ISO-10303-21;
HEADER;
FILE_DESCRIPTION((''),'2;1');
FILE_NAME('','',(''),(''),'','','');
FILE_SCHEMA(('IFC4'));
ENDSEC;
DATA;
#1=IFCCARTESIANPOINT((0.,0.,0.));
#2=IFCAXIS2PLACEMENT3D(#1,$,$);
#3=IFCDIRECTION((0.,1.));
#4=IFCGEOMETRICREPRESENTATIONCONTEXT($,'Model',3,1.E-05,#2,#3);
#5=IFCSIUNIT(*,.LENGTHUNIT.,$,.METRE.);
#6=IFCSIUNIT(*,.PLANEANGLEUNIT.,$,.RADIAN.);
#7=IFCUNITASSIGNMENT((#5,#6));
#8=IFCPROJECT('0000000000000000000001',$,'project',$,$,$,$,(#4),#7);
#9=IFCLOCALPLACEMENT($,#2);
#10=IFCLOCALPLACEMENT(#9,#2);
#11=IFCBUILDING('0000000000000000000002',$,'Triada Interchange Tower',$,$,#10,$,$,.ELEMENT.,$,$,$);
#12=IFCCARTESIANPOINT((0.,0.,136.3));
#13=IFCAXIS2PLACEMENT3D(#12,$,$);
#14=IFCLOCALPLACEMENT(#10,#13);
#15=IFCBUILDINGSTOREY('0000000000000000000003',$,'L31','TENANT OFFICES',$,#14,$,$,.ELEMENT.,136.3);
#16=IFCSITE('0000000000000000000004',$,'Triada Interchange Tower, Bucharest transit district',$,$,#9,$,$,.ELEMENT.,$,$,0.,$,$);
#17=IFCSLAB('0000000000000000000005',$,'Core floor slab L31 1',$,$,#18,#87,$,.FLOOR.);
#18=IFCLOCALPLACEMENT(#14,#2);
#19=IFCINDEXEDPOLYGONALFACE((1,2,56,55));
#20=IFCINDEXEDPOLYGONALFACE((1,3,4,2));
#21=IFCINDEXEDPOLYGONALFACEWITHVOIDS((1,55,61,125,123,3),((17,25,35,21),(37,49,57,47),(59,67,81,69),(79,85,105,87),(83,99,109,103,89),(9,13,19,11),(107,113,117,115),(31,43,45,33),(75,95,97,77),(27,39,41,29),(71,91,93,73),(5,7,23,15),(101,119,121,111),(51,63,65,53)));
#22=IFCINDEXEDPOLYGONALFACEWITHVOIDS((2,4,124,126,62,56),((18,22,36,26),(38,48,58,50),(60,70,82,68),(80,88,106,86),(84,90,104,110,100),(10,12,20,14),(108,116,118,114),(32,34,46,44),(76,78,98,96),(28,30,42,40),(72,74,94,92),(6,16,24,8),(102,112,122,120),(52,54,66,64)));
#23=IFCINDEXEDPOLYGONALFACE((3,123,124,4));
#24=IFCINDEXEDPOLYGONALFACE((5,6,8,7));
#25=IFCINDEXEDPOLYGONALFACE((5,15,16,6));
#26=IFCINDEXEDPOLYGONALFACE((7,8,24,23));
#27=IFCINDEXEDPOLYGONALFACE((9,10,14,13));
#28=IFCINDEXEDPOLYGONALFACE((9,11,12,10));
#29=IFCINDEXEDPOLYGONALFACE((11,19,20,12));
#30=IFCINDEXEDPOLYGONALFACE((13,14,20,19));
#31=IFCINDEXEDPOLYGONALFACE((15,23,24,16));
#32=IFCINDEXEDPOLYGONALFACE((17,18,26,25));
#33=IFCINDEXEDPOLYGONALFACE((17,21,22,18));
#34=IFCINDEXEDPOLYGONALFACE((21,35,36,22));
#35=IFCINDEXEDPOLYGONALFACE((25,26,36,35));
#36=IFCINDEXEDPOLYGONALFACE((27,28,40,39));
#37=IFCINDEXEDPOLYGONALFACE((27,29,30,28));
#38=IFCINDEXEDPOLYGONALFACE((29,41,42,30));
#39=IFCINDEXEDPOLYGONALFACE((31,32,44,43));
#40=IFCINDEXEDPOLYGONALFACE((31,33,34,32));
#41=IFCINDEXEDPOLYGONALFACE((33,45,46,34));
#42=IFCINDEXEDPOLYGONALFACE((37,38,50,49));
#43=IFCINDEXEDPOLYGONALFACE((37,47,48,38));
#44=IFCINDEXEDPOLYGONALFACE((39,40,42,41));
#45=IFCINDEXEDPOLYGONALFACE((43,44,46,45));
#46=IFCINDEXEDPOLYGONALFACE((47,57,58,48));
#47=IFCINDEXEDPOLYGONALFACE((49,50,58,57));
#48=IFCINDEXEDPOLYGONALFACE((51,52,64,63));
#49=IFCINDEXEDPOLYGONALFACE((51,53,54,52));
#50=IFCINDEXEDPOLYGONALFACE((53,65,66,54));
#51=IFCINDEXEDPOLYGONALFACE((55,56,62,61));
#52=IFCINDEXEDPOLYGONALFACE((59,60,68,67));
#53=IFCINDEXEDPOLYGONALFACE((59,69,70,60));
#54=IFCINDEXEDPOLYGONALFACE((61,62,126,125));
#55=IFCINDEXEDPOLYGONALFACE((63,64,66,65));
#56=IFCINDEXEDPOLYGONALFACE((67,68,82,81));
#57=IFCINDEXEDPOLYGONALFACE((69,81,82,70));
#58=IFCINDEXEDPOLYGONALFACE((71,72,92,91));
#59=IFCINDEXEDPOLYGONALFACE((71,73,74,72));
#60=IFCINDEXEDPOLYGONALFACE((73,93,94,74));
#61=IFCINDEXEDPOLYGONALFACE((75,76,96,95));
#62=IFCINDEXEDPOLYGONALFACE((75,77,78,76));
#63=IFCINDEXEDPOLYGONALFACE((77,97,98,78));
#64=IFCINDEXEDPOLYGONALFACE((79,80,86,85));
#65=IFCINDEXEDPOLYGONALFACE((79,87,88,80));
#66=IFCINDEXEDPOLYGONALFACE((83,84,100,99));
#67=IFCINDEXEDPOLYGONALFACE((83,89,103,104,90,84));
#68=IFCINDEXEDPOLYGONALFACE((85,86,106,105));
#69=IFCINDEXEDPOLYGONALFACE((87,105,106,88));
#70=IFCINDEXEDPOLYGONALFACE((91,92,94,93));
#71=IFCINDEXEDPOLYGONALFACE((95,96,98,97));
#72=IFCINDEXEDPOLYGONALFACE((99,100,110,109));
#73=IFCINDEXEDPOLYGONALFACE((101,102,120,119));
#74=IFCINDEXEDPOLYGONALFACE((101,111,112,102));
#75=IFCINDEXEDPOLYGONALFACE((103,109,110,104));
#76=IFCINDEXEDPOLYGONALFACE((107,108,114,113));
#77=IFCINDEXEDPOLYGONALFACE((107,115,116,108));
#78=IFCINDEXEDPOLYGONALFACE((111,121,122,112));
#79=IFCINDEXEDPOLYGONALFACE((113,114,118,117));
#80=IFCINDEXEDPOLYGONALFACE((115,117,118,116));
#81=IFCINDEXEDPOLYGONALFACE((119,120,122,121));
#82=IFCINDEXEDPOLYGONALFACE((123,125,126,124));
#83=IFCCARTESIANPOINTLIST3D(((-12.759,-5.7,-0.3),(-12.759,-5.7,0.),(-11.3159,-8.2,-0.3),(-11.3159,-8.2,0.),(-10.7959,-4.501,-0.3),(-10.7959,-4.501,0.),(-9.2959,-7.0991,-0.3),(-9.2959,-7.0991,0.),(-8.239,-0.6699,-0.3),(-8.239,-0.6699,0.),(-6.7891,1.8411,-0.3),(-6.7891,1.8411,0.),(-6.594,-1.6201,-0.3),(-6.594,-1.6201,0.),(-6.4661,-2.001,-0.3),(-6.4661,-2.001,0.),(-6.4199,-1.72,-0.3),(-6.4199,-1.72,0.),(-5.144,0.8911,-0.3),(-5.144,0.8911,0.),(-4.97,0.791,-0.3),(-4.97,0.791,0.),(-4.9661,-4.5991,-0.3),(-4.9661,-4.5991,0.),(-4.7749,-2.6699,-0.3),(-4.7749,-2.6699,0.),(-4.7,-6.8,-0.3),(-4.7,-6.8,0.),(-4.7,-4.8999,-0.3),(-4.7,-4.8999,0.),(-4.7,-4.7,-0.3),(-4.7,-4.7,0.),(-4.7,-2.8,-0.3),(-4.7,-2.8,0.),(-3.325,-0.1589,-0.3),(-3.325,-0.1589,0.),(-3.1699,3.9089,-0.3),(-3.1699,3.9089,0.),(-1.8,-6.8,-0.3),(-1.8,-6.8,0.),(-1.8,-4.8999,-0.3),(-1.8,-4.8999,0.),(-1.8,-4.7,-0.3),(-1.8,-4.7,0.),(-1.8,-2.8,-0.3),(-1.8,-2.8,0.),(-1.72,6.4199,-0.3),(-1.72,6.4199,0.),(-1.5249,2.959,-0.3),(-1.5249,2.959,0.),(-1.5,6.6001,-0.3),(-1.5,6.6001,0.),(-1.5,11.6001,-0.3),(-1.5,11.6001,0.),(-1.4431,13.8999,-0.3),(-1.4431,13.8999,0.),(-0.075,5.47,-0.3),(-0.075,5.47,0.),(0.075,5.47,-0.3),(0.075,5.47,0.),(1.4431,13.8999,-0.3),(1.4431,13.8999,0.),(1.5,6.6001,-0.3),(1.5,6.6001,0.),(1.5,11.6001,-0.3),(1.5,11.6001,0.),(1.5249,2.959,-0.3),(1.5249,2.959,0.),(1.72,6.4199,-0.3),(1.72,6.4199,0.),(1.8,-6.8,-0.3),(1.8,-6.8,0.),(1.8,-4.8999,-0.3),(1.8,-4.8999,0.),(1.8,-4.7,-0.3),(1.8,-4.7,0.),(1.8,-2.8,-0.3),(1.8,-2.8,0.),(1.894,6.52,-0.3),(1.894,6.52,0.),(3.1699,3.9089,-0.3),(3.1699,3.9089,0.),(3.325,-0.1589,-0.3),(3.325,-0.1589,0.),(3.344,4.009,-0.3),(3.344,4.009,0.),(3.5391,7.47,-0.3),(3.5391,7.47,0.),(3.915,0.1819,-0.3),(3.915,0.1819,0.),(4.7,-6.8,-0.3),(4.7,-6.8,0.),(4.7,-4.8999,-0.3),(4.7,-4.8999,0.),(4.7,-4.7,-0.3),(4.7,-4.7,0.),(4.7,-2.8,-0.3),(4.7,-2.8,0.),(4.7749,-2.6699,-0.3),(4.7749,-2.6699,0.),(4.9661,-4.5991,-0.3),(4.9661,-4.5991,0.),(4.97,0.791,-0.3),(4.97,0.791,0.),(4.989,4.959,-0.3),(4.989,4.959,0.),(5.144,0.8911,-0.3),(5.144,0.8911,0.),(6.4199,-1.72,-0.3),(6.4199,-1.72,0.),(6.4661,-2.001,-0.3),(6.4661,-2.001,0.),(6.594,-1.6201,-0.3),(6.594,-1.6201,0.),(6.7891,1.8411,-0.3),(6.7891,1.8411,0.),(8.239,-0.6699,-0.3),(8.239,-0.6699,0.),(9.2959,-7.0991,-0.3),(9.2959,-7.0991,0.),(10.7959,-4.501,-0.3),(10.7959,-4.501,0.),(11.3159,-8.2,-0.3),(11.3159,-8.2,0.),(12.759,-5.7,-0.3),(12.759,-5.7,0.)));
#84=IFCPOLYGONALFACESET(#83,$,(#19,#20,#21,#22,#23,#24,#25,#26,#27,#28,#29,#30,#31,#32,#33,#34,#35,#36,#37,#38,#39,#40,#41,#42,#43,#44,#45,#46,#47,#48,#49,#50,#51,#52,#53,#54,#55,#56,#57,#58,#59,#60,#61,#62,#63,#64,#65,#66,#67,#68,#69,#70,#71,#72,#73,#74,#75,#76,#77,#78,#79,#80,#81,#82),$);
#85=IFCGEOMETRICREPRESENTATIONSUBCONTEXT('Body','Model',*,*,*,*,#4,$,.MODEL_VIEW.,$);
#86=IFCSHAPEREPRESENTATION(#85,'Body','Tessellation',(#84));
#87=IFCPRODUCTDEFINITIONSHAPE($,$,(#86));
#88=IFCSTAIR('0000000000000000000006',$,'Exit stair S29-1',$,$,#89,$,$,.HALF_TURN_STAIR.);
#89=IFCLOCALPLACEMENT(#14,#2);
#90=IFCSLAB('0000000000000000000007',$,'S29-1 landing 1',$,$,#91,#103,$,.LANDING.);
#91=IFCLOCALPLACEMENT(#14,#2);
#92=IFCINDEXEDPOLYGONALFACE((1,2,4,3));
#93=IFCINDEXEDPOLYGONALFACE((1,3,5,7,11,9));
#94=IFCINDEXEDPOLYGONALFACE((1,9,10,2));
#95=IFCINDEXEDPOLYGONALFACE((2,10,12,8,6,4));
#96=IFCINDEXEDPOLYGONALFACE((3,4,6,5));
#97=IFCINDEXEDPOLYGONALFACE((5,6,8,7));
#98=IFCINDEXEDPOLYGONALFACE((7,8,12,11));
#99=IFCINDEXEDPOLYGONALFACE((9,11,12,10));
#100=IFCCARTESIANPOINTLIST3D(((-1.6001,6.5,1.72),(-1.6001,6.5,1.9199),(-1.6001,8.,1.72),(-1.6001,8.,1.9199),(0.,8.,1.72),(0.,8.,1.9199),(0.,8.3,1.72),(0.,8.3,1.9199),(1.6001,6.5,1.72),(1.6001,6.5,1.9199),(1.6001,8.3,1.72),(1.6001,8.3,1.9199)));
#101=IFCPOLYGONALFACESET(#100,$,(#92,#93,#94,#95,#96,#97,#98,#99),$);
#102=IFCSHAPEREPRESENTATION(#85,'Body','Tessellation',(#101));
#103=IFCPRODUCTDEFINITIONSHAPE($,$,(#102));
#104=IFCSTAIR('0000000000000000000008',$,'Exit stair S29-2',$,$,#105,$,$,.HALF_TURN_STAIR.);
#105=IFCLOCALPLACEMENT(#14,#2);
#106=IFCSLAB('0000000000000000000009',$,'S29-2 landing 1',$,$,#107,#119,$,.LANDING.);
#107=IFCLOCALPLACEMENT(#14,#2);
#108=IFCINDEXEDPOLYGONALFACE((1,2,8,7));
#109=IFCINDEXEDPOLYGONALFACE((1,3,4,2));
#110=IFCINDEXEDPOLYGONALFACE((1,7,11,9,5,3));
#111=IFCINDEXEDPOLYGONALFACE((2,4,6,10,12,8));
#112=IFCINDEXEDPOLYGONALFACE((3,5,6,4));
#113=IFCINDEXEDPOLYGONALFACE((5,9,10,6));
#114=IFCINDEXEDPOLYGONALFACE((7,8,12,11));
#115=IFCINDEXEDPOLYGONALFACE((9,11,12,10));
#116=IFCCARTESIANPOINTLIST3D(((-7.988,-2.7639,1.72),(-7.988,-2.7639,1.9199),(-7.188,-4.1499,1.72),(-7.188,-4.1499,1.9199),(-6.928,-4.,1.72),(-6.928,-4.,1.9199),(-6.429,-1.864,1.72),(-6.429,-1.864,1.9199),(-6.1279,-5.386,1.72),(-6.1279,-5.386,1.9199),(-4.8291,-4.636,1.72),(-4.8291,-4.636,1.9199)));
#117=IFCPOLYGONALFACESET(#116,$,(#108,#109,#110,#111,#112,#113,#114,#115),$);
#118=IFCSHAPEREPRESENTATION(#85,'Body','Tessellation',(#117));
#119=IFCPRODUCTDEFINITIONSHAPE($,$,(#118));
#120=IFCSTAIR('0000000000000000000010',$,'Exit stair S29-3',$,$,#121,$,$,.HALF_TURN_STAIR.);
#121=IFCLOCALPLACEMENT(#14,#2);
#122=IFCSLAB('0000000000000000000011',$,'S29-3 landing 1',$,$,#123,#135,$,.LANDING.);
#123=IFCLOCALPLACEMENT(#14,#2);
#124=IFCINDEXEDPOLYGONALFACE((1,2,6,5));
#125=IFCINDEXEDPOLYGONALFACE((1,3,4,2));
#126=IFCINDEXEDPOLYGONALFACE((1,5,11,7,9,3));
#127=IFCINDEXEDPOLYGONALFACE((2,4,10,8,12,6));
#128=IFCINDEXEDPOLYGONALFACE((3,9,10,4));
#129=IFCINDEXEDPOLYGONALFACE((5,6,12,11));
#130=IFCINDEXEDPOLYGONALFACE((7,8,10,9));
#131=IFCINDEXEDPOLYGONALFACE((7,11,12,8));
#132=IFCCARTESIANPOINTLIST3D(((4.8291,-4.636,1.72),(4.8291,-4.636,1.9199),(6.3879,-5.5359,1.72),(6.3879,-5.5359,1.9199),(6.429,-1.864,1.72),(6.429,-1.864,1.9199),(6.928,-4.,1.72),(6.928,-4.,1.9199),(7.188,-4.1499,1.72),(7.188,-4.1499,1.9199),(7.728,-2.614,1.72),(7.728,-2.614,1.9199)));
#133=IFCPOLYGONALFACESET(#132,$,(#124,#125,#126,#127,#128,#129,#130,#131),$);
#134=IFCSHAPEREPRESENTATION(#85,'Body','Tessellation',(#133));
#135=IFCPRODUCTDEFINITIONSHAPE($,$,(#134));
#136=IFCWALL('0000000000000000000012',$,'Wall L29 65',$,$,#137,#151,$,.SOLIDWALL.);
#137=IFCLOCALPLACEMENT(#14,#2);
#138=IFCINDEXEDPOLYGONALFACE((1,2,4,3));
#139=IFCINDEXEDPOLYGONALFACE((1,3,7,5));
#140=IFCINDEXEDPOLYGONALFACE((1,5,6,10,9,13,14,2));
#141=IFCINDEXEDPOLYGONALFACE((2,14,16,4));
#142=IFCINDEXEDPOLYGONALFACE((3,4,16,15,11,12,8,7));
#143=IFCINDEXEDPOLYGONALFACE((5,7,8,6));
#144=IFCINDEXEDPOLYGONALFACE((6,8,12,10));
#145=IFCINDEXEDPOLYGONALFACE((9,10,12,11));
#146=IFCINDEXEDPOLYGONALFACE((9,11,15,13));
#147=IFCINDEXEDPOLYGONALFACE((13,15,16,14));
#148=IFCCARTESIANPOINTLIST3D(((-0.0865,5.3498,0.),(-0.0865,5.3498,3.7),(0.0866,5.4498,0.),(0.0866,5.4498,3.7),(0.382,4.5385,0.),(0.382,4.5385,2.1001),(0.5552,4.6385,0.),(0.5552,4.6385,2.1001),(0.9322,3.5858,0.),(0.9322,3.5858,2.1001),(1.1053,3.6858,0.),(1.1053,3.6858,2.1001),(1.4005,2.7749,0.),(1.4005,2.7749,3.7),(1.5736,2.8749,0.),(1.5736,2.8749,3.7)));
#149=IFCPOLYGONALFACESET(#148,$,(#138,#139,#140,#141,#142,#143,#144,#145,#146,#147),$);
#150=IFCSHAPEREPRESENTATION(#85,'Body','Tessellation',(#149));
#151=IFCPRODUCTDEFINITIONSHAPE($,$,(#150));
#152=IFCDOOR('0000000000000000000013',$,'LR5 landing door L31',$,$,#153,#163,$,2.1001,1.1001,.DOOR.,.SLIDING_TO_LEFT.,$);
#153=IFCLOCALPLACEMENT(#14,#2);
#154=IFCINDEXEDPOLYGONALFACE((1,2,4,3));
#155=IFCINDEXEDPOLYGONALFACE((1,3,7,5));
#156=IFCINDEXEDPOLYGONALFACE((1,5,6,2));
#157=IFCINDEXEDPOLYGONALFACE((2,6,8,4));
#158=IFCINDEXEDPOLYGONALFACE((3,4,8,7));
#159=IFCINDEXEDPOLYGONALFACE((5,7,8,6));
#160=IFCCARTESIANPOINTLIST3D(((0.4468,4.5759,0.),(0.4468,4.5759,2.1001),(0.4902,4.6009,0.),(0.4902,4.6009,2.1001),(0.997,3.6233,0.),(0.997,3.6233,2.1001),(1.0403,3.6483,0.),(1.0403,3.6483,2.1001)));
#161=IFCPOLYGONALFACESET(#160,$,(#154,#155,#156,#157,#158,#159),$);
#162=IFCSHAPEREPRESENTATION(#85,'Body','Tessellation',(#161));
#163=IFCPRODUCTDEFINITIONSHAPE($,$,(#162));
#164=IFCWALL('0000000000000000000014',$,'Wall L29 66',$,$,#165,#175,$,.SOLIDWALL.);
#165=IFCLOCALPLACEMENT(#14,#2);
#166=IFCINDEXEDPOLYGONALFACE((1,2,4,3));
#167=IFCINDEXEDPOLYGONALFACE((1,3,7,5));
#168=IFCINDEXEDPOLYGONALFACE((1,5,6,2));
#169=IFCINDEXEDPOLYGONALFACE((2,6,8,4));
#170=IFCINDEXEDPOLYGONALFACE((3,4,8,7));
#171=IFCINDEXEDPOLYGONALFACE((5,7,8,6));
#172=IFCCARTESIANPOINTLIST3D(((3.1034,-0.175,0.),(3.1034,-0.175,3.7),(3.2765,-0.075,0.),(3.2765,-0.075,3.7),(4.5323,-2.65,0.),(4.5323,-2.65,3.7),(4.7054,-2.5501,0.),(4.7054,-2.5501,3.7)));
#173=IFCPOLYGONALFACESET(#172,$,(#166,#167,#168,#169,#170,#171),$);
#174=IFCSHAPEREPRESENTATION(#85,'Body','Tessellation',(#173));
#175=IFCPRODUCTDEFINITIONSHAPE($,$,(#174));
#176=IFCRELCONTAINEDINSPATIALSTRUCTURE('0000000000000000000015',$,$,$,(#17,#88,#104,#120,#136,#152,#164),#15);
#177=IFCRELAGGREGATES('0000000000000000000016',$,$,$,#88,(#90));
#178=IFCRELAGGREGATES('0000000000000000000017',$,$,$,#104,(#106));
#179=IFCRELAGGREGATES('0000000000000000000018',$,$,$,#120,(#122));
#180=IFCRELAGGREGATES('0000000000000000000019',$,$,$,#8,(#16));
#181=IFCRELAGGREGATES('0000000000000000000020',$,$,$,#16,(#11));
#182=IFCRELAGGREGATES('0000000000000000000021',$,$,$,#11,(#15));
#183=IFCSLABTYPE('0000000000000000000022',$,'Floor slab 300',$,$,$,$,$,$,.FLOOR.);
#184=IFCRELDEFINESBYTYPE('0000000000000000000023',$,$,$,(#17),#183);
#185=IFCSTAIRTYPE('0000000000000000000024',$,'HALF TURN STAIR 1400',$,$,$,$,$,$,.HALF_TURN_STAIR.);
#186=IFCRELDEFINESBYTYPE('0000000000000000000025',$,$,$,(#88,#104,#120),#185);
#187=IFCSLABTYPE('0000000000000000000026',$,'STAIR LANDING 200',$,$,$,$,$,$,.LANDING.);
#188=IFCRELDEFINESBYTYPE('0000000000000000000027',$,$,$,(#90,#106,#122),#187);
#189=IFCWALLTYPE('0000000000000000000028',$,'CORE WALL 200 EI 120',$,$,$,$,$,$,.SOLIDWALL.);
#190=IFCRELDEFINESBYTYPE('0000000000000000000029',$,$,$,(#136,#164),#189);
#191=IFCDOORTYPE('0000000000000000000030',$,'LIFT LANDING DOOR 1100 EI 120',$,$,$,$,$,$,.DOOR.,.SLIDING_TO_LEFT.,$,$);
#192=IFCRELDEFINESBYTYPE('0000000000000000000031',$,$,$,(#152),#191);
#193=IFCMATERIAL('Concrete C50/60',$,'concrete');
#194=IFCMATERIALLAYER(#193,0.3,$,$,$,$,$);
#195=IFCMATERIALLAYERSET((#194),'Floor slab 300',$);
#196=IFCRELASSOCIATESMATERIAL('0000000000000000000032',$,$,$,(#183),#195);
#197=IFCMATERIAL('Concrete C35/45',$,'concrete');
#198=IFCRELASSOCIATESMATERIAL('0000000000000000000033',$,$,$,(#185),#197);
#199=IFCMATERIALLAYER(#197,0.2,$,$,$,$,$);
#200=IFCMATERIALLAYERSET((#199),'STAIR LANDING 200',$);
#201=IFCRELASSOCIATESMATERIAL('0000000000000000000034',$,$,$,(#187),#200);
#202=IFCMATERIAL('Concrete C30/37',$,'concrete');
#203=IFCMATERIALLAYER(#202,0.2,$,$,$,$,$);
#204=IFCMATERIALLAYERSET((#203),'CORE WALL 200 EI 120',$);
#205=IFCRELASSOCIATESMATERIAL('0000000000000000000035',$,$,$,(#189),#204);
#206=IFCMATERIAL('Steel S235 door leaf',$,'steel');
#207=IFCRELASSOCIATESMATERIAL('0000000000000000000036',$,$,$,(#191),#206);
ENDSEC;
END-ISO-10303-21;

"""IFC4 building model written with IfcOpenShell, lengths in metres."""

from ifc_helpers import new_model, si_unit, direction, frame, frame_2d, origin, place, context, subcontext, project, spatial, polyline, rectangle, outline, extrude, material, layer, layer_set, type_object, element, fill, aggregate, save


model = new_model("IFC4")

# Units and contexts
model_context = context("Model", 3, precision=1e-05, world=origin(), true_north=direction((0.0, 1.0)))
body_context = subcontext(model_context, "Body", "Model", "MODEL_VIEW")
ifc_project = project(units=[si_unit("LENGTHUNIT", "METRE"), si_unit("PLANEANGLEUNIT", "RADIAN")], contexts=[model_context])

# Site, building, storey
site_placement = place(None, origin())
site = spatial("IfcSite", under=ifc_project, at=site_placement, Name="Triada Interchange Tower, Bucharest transit district", CompositionType="ELEMENT", RefElevation=0.0)
building_placement = place(site_placement, origin())
building = spatial("IfcBuilding", under=site, at=building_placement, Name="Triada Interchange Tower", CompositionType="ELEMENT")
storey_placement = place(building_placement, frame((0.0, 0.0, 136.3)))
storey = spatial("IfcBuildingStorey", under=building, at=storey_placement, Name="L31", Description="TENANT OFFICES", CompositionType="ELEMENT", Elevation=136.3)

# Slab
ifc_material_1 = material(Name="Concrete C50/60", Category="concrete")
ifc_layer_1 = layer(ifc_material_1, 0.3)
ifc_layer_set_1 = layer_set([ifc_layer_1], Name="Floor slab 300")
slab_type_1 = type_object("IfcSlabType", Name="Floor slab 300", PredefinedType="FLOOR", material=ifc_layer_set_1)
slab_1_placement = place(storey_placement, frame((0.0, 0.0, -0.3)))
element("IfcSlab", 1, at=slab_1_placement, inside=storey, type_object=slab_type_1, Name="Core floor slab L31 1", PredefinedType="FLOOR", context=body_context, shape_type="SweptSolid", body=[
    extrude(outline(polyline([(12.759, -5.7), (11.3159, -8.2), (-11.3159, -8.2), (-12.759, -5.7), (-1.4431, 13.8999), (1.4431, 13.8999), (12.759, -5.7)]), holes=[polyline([(9.2959, -7.0991), (10.7959, -4.501), (6.4661, -2.001), (4.9661, -4.5991), (9.2959, -7.0991)]), polyline([(6.7891, 1.8411), (5.144, 0.8911), (6.594, -1.6201), (8.239, -0.6699), (6.7891, 1.8411)]), polyline([(4.7749, -2.6699), (6.4199, -1.72), (4.97, 0.791), (3.915, 0.1819), (3.325, -0.1589), (4.7749, -2.6699)]), polyline([(1.894, 6.52), (3.344, 4.009), (4.989, 4.959), (3.5391, 7.47), (1.894, 6.52)]), polyline([(4.7, -6.8), (4.7, -4.8999), (1.8, -4.8999), (1.8, -6.8), (4.7, -6.8)]), polyline([(4.7, -2.8), (1.8, -2.8), (1.8, -4.7), (4.7, -4.7), (4.7, -2.8)]), polyline([(0.075, 5.47), (1.5249, 2.959), (3.1699, 3.9089), (1.72, 6.4199), (0.075, 5.47)]), polyline([(1.5, 11.6001), (-1.5, 11.6001), (-1.5, 6.6001), (1.5, 6.6001), (1.5, 11.6001)]), polyline([(-1.5249, 2.959), (-0.075, 5.47), (-1.72, 6.4199), (-3.1699, 3.9089), (-1.5249, 2.959)]), polyline([(-1.8, -2.8), (-4.7, -2.8), (-4.7, -4.7), (-1.8, -4.7), (-1.8, -2.8)]), polyline([(-4.7, -6.8), (-1.8, -6.8), (-1.8, -4.8999), (-4.7, -4.8999), (-4.7, -6.8)]), polyline([(-4.7749, -2.6699), (-3.325, -0.1589), (-4.97, 0.791), (-6.4199, -1.72), (-4.7749, -2.6699)]), polyline([(-10.7959, -4.501), (-9.2959, -7.0991), (-4.9661, -4.5991), (-6.4661, -2.001), (-10.7959, -4.501)]), polyline([(-6.594, -1.6201), (-5.144, 0.8911), (-6.7891, 1.8411), (-8.239, -0.6699), (-6.594, -1.6201)])]), origin(), (0.0, 0.0, 1.0), 0.3),
])

# Stairs, slabs
ifc_material_2 = material(Name="Concrete C35/45", Category="concrete")
stair_type = type_object("IfcStairType", Name="HALF TURN STAIR 1400", PredefinedType="HALF_TURN_STAIR", material=ifc_material_2)
stair_1_placement = place(storey_placement, origin())
stair_1 = element("IfcStair", 2, at=stair_1_placement, inside=storey, type_object=stair_type, Name="Exit stair S29-1", PredefinedType="HALF_TURN_STAIR")
ifc_layer_2 = layer(ifc_material_2, 0.2)
ifc_layer_set_2 = layer_set([ifc_layer_2], Name="STAIR LANDING 200")
slab_type_2 = type_object("IfcSlabType", Name="STAIR LANDING 200", PredefinedType="LANDING", material=ifc_layer_set_2)
slab_2_placement = place(storey_placement, frame((0.0, 0.0, 1.72)))
slab_2 = element("IfcSlab", 3, at=slab_2_placement, type_object=slab_type_2, Name="S29-1 landing 1", PredefinedType="LANDING", context=body_context, shape_type="SweptSolid", body=[
    extrude(outline(polyline([(1.6001, 6.5), (1.6001, 8.3), (0.0, 8.3), (0.0, 8.0), (-1.6001, 8.0), (-1.6001, 6.5), (1.6001, 6.5)])), origin(), (0.0, 0.0, 1.0), 0.2),
])
aggregate(stair_1, [slab_2])
stair_2_placement = place(storey_placement, origin())
stair_2 = element("IfcStair", 4, at=stair_2_placement, inside=storey, type_object=stair_type, Name="Exit stair S29-2", PredefinedType="HALF_TURN_STAIR")
slab_3_placement = place(storey_placement, frame((0.0, 0.0, 1.72)))
slab_3 = element("IfcSlab", 5, at=slab_3_placement, type_object=slab_type_2, Name="S29-2 landing 1", PredefinedType="LANDING", context=body_context, shape_type="SweptSolid", body=[
    extrude(outline(polyline([(-6.429, -1.864), (-7.988, -2.7639), (-7.188, -4.1499), (-6.928, -4.0), (-6.1279, -5.386), (-4.8291, -4.636), (-6.429, -1.864)])), origin(), (0.0, 0.0, 1.0), 0.2),
])
aggregate(stair_2, [slab_3])
stair_3_placement = place(storey_placement, origin())
stair_3 = element("IfcStair", 6, at=stair_3_placement, inside=storey, type_object=stair_type, Name="Exit stair S29-3", PredefinedType="HALF_TURN_STAIR")
slab_4_placement = place(storey_placement, frame((0.0, 0.0, 1.72)))
slab_4 = element("IfcSlab", 7, at=slab_4_placement, type_object=slab_type_2, Name="S29-3 landing 1", PredefinedType="LANDING", context=body_context, shape_type="SweptSolid", body=[
    extrude(outline(polyline([(4.8291, -4.636), (6.3879, -5.5359), (7.188, -4.1499), (6.928, -4.0), (7.728, -2.614), (6.429, -1.864), (4.8291, -4.636)])), origin(), (0.0, 0.0, 1.0), 0.2),
])
aggregate(stair_3, [slab_4])

# Wall, opening, door
ifc_material_3 = material(Name="Concrete C30/37", Category="concrete")
ifc_layer_3 = layer(ifc_material_3, 0.2)
ifc_layer_set_3 = layer_set([ifc_layer_3], Name="CORE WALL 200 EI 120")
wall_type_1 = type_object("IfcWallType", Name="CORE WALL 200 EI 120", PredefinedType="SOLIDWALL", material=ifc_layer_set_3)
wall_1_placement = place(storey_placement, frame((0.0, 5.3999, 0.0), z_axis=(0.0, 0.0, 1.0), x_axis=(0.500104, -0.865965, 0.0)))
wall_1 = element("IfcWall", 8, at=wall_1_placement, inside=storey, type_object=wall_type_1, Name="Wall L29 65", PredefinedType="SOLIDWALL", context=body_context, shape_type="SweptSolid", body=[
    extrude(rectangle(XDim=2.9734, YDim=0.2, at=frame_2d((1.4868, 0.0))), origin(), (0.0, 0.0, 1.0), 3.7),
])
opening_1_placement = place(wall_1_placement, frame((0.937, 0.0, 0.0)))
opening_1 = element("IfcOpeningElement", 9, at=opening_1_placement, cuts=wall_1, PredefinedType="OPENING", context=body_context, shape_type="SweptSolid", body=[
    extrude(rectangle(XDim=1.1001, YDim=2.1001, at=frame_2d((0.55, 1.05))), frame((0.0, 0.1099, 0.0), z_axis=(0.0, -1.0, 0.0), x_axis=(1.0, 0.0, 0.0)), (0.0, 0.0, 1.0), 0.22),
])
ifc_material_4 = material(Name="Steel S235 door leaf", Category="steel")
door_type = type_object("IfcDoorType", Name="LIFT LANDING DOOR 1100 EI 120", OperationType="SLIDING_TO_LEFT", PredefinedType="DOOR", material=ifc_material_4)
door_1_placement = place(opening_1_placement, origin())
door_1 = element("IfcDoor", 10, at=door_1_placement, inside=storey, type_object=door_type, Name="LR5 landing door L31", OperationType="SLIDING_TO_LEFT", OverallHeight=2.1001, OverallWidth=1.1001, PredefinedType="DOOR", context=body_context, shape_type="SweptSolid", body=[
    extrude(rectangle(XDim=1.1001, YDim=2.1001, at=frame_2d((0.55, 1.05))), frame((0.0, 0.0249, 0.0), z_axis=(0.0, -1.0, 0.0), x_axis=(1.0, 0.0, 0.0)), (0.0, 0.0, 1.0), 0.05),
])
fill(opening_1, door_1)

# Wall
wall_2_placement = place(storey_placement, frame((3.1899, -0.125, 0.0), z_axis=(0.0, 0.0, 1.0), x_axis=(0.499989, -0.866032, 0.0)))
element("IfcWall", 11, at=wall_2_placement, inside=storey, type_object=wall_type_1, Name="Wall L29 66", PredefinedType="SOLIDWALL", context=body_context, shape_type="SweptSolid", body=[
    extrude(rectangle(XDim=2.8579, YDim=0.2, at=frame_2d((1.429, 0.0))), origin(), (0.0, 0.0, 1.0), 3.7),
])

save(model, "model.ifc")
